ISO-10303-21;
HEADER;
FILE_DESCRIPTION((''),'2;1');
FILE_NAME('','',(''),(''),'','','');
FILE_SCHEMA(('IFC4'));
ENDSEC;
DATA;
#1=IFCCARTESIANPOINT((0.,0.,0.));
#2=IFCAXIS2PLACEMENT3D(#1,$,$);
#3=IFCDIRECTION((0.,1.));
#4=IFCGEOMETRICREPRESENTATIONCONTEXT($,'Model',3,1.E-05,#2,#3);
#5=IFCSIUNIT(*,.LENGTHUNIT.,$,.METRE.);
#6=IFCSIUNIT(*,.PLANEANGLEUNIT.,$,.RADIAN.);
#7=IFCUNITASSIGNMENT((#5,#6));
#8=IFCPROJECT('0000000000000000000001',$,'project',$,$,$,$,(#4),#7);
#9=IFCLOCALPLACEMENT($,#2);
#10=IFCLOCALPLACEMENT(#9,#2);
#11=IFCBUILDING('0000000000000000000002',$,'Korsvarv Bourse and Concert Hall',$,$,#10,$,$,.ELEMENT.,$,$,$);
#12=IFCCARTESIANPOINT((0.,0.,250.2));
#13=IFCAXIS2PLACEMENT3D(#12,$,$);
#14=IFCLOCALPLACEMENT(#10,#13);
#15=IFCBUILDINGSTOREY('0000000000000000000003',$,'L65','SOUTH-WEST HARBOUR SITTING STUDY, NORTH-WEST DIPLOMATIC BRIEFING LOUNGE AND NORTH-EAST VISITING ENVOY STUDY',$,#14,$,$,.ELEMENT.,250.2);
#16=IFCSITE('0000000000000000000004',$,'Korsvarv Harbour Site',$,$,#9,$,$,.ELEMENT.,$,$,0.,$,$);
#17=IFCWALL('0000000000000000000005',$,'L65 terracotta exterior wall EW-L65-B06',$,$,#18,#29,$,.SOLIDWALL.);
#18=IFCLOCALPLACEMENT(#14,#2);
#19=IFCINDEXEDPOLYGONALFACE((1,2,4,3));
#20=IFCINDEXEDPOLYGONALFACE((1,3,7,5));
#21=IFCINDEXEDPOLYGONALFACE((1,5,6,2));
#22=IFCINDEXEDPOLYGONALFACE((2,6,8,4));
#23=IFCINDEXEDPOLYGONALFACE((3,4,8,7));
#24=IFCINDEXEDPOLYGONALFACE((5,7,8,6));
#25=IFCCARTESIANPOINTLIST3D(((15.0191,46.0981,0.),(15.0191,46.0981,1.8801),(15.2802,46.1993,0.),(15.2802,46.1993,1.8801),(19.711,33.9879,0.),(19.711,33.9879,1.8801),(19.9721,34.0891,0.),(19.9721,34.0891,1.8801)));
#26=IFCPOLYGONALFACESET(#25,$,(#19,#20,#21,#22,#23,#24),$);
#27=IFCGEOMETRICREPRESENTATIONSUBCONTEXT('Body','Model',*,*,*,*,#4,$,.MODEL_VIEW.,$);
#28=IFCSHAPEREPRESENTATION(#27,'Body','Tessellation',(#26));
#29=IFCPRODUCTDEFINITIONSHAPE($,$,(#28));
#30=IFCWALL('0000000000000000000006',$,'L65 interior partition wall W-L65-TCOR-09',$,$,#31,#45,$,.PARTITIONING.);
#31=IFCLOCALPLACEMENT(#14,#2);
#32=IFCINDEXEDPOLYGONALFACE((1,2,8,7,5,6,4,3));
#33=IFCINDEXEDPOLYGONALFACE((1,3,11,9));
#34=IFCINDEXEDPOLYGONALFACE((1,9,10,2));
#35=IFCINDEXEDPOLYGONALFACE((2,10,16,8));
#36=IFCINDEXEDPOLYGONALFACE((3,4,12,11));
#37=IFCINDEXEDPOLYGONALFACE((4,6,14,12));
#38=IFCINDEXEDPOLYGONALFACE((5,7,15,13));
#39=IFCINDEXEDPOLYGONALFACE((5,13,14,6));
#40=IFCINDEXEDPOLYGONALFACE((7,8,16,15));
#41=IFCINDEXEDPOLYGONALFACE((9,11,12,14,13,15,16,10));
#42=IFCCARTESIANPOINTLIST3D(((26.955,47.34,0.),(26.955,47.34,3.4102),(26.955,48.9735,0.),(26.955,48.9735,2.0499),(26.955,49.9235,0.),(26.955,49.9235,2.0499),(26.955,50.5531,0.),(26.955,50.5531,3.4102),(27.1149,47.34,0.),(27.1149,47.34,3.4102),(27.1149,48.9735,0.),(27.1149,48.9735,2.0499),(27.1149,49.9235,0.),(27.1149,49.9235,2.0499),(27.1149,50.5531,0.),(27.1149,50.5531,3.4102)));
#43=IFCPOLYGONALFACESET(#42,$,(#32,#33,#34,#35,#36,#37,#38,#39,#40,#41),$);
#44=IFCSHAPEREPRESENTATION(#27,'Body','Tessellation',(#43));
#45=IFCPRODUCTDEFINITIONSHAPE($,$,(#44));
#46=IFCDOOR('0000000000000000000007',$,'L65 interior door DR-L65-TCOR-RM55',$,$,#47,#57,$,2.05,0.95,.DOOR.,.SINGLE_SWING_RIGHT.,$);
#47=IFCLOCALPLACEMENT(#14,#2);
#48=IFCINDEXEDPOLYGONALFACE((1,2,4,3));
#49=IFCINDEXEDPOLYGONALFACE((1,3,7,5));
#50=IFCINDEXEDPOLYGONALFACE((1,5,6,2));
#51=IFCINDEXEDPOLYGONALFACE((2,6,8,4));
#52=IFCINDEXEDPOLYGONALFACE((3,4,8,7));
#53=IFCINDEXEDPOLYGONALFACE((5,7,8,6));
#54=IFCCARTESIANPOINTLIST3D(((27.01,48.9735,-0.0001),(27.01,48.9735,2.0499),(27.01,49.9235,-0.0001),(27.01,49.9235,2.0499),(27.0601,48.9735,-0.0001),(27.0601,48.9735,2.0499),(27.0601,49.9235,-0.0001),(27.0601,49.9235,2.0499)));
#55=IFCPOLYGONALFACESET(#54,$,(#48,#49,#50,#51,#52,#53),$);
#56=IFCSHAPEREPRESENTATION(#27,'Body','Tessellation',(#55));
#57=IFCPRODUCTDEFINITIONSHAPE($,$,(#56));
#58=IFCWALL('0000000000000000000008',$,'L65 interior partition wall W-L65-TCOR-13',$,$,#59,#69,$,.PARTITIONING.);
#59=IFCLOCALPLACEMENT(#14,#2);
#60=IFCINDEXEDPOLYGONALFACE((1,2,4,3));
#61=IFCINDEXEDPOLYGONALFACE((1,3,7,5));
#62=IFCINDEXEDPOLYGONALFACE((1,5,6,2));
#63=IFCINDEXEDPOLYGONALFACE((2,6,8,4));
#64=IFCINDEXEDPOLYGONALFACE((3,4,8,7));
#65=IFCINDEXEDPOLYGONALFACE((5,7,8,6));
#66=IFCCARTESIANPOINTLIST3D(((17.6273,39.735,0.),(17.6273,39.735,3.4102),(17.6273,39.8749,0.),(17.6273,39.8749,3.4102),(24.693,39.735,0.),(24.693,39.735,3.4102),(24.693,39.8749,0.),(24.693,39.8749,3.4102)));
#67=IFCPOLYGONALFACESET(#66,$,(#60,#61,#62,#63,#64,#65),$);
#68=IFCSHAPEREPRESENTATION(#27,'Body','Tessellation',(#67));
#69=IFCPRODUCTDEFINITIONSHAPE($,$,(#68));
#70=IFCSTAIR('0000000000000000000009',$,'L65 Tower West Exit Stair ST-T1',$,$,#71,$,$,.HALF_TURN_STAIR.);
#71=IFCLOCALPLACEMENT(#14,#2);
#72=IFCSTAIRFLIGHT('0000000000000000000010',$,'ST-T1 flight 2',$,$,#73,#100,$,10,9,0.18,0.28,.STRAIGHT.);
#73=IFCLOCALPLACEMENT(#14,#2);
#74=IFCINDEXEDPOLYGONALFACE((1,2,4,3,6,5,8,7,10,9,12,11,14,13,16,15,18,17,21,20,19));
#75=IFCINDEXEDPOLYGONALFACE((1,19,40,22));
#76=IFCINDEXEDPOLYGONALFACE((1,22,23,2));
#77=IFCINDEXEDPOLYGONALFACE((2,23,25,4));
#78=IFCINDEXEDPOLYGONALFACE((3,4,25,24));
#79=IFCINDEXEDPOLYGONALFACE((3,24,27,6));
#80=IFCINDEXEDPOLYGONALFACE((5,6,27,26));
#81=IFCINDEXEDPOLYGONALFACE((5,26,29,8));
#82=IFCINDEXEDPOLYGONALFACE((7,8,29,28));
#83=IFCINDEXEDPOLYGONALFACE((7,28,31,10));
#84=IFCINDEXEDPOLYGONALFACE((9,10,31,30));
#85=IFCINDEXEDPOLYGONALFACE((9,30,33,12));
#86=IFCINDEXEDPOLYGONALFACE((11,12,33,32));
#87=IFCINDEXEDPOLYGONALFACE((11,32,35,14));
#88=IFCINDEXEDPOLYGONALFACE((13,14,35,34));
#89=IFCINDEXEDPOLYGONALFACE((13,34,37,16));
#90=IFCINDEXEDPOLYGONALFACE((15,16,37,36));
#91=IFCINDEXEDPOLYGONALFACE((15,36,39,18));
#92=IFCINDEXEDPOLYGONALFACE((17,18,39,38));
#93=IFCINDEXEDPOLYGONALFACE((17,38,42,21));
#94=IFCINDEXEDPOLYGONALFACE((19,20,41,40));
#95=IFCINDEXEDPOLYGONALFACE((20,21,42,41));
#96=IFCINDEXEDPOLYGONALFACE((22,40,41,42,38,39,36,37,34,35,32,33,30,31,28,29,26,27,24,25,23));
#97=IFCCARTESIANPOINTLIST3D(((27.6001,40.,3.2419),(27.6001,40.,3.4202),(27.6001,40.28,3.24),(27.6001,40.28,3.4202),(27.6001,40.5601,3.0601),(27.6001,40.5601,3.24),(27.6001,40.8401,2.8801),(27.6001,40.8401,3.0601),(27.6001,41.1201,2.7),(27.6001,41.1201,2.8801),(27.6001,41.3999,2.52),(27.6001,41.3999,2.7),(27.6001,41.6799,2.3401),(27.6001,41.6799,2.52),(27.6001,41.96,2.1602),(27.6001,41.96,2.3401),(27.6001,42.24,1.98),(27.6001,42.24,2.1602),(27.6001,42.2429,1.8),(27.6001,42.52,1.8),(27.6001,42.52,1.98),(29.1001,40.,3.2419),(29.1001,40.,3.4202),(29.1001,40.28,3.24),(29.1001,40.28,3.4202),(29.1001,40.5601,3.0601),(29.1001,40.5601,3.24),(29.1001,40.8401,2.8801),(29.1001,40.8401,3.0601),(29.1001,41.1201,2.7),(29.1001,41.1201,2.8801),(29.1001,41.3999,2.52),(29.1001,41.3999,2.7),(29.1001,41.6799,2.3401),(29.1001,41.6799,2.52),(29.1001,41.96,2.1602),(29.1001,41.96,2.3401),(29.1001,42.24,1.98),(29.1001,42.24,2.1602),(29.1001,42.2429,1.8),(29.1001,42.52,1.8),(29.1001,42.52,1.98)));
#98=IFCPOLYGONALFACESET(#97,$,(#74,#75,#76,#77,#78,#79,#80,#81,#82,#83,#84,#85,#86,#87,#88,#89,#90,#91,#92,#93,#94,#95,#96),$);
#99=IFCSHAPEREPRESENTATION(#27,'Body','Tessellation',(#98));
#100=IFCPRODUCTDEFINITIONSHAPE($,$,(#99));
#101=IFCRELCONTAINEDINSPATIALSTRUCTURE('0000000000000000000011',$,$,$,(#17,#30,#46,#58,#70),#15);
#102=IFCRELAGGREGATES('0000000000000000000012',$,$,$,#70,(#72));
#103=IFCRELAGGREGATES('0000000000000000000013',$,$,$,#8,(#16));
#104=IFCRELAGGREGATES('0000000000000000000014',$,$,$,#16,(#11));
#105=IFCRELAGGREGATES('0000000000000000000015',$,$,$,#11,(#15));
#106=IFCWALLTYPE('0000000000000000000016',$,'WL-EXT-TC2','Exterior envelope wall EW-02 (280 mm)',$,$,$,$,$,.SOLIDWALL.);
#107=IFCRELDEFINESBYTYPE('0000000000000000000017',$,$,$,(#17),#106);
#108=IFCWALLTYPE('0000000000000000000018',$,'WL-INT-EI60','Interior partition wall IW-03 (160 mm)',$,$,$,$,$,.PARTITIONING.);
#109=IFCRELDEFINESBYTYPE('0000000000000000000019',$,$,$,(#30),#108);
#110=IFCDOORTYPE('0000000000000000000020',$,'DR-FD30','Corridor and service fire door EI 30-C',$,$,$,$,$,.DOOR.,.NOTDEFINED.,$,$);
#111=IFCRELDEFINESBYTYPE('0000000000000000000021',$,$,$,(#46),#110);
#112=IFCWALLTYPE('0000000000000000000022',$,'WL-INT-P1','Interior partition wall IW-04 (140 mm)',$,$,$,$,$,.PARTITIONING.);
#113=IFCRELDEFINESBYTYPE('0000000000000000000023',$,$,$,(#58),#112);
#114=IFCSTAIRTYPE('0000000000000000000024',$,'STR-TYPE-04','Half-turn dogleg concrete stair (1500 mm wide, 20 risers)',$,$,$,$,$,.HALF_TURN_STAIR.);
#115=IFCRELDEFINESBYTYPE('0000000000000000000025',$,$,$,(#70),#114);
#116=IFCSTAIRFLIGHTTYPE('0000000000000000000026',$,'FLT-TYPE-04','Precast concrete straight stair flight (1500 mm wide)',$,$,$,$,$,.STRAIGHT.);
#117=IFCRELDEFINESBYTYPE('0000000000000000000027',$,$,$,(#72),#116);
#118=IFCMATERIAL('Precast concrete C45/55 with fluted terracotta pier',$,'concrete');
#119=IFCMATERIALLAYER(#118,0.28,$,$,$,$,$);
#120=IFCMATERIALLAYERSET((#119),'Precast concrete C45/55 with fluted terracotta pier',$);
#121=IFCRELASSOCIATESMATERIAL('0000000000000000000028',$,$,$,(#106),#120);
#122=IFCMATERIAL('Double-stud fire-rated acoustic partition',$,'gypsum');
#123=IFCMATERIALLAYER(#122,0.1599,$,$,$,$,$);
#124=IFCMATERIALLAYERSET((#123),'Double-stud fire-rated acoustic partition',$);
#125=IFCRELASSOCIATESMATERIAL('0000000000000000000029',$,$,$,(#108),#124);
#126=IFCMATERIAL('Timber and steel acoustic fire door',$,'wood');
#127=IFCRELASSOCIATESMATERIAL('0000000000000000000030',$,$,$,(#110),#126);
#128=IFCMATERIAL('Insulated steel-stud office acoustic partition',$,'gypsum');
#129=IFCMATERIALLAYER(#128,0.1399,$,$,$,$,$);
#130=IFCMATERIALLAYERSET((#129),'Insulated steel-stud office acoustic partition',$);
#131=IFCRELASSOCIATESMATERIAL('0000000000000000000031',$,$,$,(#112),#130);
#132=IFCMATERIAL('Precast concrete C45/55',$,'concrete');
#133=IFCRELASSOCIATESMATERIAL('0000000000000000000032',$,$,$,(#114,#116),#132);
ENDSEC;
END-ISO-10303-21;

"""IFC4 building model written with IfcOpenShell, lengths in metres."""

from ifc_helpers import new_model, si_unit, direction, frame, frame_2d, origin, place, context, subcontext, project, spatial, polyline, rectangle, outline, extrude, material, layer, layer_set, type_object, element, fill, aggregate, save


model = new_model("IFC4")

# Units and contexts
model_context = context("Model", 3, precision=1e-05, world=origin(), true_north=direction((0.0, 1.0)))
body_context = subcontext(model_context, "Body", "Model", "MODEL_VIEW")
ifc_project = project(units=[si_unit("LENGTHUNIT", "METRE"), si_unit("PLANEANGLEUNIT", "RADIAN")], contexts=[model_context])

# Site, building, storey
site_placement = place(None, origin())
site = spatial("IfcSite", under=ifc_project, at=site_placement, Name="Korsvarv Harbour Site", CompositionType="ELEMENT", RefElevation=0.0)
building_placement = place(site_placement, origin())
building = spatial("IfcBuilding", under=site, at=building_placement, Name="Korsvarv Bourse and Concert Hall", CompositionType="ELEMENT")
storey_placement = place(building_placement, frame((0.0, 0.0, 250.2)))
storey = spatial("IfcBuildingStorey", under=building, at=storey_placement, Name="L65", Description="SOUTH-WEST HARBOUR SITTING STUDY, NORTH-WEST DIPLOMATIC BRIEFING LOUNGE AND NORTH-EAST VISITING ENVOY STUDY", CompositionType="ELEMENT", Elevation=250.2)

# Wall
ifc_material_1 = material(Name="Precast concrete C45/55 with fluted terracotta pier", Category="concrete")
ifc_layer_1 = layer(ifc_material_1, 0.28)
ifc_layer_set_1 = layer_set([ifc_layer_1], Name="Precast concrete C45/55 with fluted terracotta pier")
wall_type_1 = type_object("IfcWallType", Name="WL-EXT-TC2", Description="Exterior envelope wall EW-02 (280 mm)", PredefinedType="SOLIDWALL", material=ifc_layer_set_1)
wall_1_placement = place(storey_placement, frame((15.1497, 46.1487, 0.0), z_axis=(0.0, 0.0, 1.0), x_axis=(0.361269, -0.932461, 0.0)))
element("IfcWall", 1, at=wall_1_placement, inside=storey, type_object=wall_type_1, Name="L65 terracotta exterior wall EW-L65-B06", PredefinedType="SOLIDWALL", context=body_context, shape_type="SweptSolid", body=[
    extrude(rectangle(XDim=12.9873, YDim=0.28, at=frame_2d((6.4937, 0.0))), origin(), (0.0, 0.0, 1.0), 1.8801),
])

# Wall, opening, door
ifc_material_2 = material(Name="Double-stud fire-rated acoustic partition", Category="gypsum")
ifc_layer_2 = layer(ifc_material_2, 0.1599)
ifc_layer_set_2 = layer_set([ifc_layer_2], Name="Double-stud fire-rated acoustic partition")
wall_type_2 = type_object("IfcWallType", Name="WL-INT-EI60", Description="Interior partition wall IW-03 (160 mm)", PredefinedType="PARTITIONING", material=ifc_layer_set_2)
wall_2_placement = place(storey_placement, frame((27.0349, 47.3401, 0.0), z_axis=(0.0, 0.0, 1.0), x_axis=(0.0, 1.0, 0.0)))
wall_2 = element("IfcWall", 2, at=wall_2_placement, inside=storey, type_object=wall_type_2, Name="L65 interior partition wall W-L65-TCOR-09", PredefinedType="PARTITIONING", context=body_context, shape_type="SweptSolid", body=[
    extrude(rectangle(XDim=3.2131, YDim=0.1599, at=frame_2d((1.6064, 0.0))), origin(), (0.0, 0.0, 1.0), 3.4102),
])
opening_placement = place(wall_2_placement, frame((1.6333, 0.0, 0.0)))
opening = element("IfcOpeningElement", 3, at=opening_placement, cuts=wall_2, PredefinedType="OPENING", context=body_context, shape_type="SweptSolid", body=[
    extrude(rectangle(XDim=0.95, YDim=2.05, at=frame_2d((0.4751, 1.0249))), frame((0.0, 0.0898, 0.0), z_axis=(0.0, -1.0, 0.0), x_axis=(1.0, 0.0, 0.0)), (0.0, 0.0, 1.0), 0.1799),
])
ifc_material_3 = material(Name="Timber and steel acoustic fire door", Category="wood")
door_type = type_object("IfcDoorType", Name="DR-FD30", Description="Corridor and service fire door EI 30-C", OperationType="NOTDEFINED", PredefinedType="DOOR", material=ifc_material_3)
door_placement = place(opening_placement, origin())
door = element("IfcDoor", 4, at=door_placement, inside=storey, type_object=door_type, Name="L65 interior door DR-L65-TCOR-RM55", OperationType="SINGLE_SWING_RIGHT", OverallHeight=2.05, OverallWidth=0.95, PredefinedType="DOOR", context=body_context, shape_type="SweptSolid", body=[
    extrude(rectangle(XDim=0.95, YDim=2.05, at=frame_2d((0.4751, 1.0249))), frame((0.0, 0.0249, 0.0), z_axis=(0.0, -1.0, 0.0), x_axis=(1.0, 0.0, 0.0)), (0.0, 0.0, 1.0), 0.05),
])
fill(opening, door)

# Wall
ifc_material_4 = material(Name="Insulated steel-stud office acoustic partition", Category="gypsum")
ifc_layer_3 = layer(ifc_material_4, 0.1399)
ifc_layer_set_3 = layer_set([ifc_layer_3], Name="Insulated steel-stud office acoustic partition")
wall_type_3 = type_object("IfcWallType", Name="WL-INT-P1", Description="Interior partition wall IW-04 (140 mm)", PredefinedType="PARTITIONING", material=ifc_layer_set_3)
wall_3_placement = place(storey_placement, frame((17.6274, 39.8049, 0.0), z_axis=(0.0, 0.0, 1.0), x_axis=(1.0, 0.0, 0.0)))
element("IfcWall", 5, at=wall_3_placement, inside=storey, type_object=wall_type_3, Name="L65 interior partition wall W-L65-TCOR-13", PredefinedType="PARTITIONING", context=body_context, shape_type="SweptSolid", body=[
    extrude(rectangle(XDim=7.0657, YDim=0.1399, at=frame_2d((3.5327, 0.0))), origin(), (0.0, 0.0, 1.0), 3.4102),
])

# Stair, stair flight
ifc_material_5 = material(Name="Precast concrete C45/55", Category="concrete")
stair_type = type_object("IfcStairType", Name="STR-TYPE-04", Description="Half-turn dogleg concrete stair (1500 mm wide, 20 risers)", PredefinedType="HALF_TURN_STAIR", material=ifc_material_5)
stair_placement = place(storey_placement, origin())
stair = element("IfcStair", 6, at=stair_placement, inside=storey, type_object=stair_type, Name="L65 Tower West Exit Stair ST-T1", PredefinedType="HALF_TURN_STAIR")
stair_flight_type = type_object("IfcStairFlightType", Name="FLT-TYPE-04", Description="Precast concrete straight stair flight (1500 mm wide)", PredefinedType="STRAIGHT", material=ifc_material_5)
stair_flight_placement = place(storey_placement, frame((28.3501, 42.52, 1.8), z_axis=(0.0, 0.0, 1.0), x_axis=(0.0, -1.0, 0.0)))
stair_flight = element("IfcStairFlight", 7, at=stair_flight_placement, type_object=stair_flight_type, Name="ST-T1 flight 2", NumberOfRisers=10, NumberOfTreads=9, PredefinedType="STRAIGHT", RiserHeight=0.18, TreadLength=0.28, context=body_context, shape_type="SweptSolid", body=[
    extrude(outline(polyline([(0.0, 0.0), (0.0, 0.1799), (0.28, 0.1799), (0.28, 0.3601), (0.5601, 0.3601), (0.5601, 0.54), (0.8401, 0.54), (0.8401, 0.72), (1.1201, 0.72), (1.1201, 0.8999), (1.3999, 0.8999), (1.3999, 1.0801), (1.6799, 1.0801), (1.6799, 1.26), (1.96, 1.26), (1.96, 1.4399), (2.24, 1.4399), (2.24, 1.6201), (2.52, 1.6201), (2.52, 1.8), (2.52, 1.4419), (0.2771, 0.0), (0.0, 0.0)])), frame((0.0, 0.75, 0.0), z_axis=(0.0, -1.0, 0.0), x_axis=(1.0, 0.0, 0.0)), (0.0, 0.0, 1.0), 1.5),
])
aggregate(stair, [stair_flight])

save(model, "model.ifc")
